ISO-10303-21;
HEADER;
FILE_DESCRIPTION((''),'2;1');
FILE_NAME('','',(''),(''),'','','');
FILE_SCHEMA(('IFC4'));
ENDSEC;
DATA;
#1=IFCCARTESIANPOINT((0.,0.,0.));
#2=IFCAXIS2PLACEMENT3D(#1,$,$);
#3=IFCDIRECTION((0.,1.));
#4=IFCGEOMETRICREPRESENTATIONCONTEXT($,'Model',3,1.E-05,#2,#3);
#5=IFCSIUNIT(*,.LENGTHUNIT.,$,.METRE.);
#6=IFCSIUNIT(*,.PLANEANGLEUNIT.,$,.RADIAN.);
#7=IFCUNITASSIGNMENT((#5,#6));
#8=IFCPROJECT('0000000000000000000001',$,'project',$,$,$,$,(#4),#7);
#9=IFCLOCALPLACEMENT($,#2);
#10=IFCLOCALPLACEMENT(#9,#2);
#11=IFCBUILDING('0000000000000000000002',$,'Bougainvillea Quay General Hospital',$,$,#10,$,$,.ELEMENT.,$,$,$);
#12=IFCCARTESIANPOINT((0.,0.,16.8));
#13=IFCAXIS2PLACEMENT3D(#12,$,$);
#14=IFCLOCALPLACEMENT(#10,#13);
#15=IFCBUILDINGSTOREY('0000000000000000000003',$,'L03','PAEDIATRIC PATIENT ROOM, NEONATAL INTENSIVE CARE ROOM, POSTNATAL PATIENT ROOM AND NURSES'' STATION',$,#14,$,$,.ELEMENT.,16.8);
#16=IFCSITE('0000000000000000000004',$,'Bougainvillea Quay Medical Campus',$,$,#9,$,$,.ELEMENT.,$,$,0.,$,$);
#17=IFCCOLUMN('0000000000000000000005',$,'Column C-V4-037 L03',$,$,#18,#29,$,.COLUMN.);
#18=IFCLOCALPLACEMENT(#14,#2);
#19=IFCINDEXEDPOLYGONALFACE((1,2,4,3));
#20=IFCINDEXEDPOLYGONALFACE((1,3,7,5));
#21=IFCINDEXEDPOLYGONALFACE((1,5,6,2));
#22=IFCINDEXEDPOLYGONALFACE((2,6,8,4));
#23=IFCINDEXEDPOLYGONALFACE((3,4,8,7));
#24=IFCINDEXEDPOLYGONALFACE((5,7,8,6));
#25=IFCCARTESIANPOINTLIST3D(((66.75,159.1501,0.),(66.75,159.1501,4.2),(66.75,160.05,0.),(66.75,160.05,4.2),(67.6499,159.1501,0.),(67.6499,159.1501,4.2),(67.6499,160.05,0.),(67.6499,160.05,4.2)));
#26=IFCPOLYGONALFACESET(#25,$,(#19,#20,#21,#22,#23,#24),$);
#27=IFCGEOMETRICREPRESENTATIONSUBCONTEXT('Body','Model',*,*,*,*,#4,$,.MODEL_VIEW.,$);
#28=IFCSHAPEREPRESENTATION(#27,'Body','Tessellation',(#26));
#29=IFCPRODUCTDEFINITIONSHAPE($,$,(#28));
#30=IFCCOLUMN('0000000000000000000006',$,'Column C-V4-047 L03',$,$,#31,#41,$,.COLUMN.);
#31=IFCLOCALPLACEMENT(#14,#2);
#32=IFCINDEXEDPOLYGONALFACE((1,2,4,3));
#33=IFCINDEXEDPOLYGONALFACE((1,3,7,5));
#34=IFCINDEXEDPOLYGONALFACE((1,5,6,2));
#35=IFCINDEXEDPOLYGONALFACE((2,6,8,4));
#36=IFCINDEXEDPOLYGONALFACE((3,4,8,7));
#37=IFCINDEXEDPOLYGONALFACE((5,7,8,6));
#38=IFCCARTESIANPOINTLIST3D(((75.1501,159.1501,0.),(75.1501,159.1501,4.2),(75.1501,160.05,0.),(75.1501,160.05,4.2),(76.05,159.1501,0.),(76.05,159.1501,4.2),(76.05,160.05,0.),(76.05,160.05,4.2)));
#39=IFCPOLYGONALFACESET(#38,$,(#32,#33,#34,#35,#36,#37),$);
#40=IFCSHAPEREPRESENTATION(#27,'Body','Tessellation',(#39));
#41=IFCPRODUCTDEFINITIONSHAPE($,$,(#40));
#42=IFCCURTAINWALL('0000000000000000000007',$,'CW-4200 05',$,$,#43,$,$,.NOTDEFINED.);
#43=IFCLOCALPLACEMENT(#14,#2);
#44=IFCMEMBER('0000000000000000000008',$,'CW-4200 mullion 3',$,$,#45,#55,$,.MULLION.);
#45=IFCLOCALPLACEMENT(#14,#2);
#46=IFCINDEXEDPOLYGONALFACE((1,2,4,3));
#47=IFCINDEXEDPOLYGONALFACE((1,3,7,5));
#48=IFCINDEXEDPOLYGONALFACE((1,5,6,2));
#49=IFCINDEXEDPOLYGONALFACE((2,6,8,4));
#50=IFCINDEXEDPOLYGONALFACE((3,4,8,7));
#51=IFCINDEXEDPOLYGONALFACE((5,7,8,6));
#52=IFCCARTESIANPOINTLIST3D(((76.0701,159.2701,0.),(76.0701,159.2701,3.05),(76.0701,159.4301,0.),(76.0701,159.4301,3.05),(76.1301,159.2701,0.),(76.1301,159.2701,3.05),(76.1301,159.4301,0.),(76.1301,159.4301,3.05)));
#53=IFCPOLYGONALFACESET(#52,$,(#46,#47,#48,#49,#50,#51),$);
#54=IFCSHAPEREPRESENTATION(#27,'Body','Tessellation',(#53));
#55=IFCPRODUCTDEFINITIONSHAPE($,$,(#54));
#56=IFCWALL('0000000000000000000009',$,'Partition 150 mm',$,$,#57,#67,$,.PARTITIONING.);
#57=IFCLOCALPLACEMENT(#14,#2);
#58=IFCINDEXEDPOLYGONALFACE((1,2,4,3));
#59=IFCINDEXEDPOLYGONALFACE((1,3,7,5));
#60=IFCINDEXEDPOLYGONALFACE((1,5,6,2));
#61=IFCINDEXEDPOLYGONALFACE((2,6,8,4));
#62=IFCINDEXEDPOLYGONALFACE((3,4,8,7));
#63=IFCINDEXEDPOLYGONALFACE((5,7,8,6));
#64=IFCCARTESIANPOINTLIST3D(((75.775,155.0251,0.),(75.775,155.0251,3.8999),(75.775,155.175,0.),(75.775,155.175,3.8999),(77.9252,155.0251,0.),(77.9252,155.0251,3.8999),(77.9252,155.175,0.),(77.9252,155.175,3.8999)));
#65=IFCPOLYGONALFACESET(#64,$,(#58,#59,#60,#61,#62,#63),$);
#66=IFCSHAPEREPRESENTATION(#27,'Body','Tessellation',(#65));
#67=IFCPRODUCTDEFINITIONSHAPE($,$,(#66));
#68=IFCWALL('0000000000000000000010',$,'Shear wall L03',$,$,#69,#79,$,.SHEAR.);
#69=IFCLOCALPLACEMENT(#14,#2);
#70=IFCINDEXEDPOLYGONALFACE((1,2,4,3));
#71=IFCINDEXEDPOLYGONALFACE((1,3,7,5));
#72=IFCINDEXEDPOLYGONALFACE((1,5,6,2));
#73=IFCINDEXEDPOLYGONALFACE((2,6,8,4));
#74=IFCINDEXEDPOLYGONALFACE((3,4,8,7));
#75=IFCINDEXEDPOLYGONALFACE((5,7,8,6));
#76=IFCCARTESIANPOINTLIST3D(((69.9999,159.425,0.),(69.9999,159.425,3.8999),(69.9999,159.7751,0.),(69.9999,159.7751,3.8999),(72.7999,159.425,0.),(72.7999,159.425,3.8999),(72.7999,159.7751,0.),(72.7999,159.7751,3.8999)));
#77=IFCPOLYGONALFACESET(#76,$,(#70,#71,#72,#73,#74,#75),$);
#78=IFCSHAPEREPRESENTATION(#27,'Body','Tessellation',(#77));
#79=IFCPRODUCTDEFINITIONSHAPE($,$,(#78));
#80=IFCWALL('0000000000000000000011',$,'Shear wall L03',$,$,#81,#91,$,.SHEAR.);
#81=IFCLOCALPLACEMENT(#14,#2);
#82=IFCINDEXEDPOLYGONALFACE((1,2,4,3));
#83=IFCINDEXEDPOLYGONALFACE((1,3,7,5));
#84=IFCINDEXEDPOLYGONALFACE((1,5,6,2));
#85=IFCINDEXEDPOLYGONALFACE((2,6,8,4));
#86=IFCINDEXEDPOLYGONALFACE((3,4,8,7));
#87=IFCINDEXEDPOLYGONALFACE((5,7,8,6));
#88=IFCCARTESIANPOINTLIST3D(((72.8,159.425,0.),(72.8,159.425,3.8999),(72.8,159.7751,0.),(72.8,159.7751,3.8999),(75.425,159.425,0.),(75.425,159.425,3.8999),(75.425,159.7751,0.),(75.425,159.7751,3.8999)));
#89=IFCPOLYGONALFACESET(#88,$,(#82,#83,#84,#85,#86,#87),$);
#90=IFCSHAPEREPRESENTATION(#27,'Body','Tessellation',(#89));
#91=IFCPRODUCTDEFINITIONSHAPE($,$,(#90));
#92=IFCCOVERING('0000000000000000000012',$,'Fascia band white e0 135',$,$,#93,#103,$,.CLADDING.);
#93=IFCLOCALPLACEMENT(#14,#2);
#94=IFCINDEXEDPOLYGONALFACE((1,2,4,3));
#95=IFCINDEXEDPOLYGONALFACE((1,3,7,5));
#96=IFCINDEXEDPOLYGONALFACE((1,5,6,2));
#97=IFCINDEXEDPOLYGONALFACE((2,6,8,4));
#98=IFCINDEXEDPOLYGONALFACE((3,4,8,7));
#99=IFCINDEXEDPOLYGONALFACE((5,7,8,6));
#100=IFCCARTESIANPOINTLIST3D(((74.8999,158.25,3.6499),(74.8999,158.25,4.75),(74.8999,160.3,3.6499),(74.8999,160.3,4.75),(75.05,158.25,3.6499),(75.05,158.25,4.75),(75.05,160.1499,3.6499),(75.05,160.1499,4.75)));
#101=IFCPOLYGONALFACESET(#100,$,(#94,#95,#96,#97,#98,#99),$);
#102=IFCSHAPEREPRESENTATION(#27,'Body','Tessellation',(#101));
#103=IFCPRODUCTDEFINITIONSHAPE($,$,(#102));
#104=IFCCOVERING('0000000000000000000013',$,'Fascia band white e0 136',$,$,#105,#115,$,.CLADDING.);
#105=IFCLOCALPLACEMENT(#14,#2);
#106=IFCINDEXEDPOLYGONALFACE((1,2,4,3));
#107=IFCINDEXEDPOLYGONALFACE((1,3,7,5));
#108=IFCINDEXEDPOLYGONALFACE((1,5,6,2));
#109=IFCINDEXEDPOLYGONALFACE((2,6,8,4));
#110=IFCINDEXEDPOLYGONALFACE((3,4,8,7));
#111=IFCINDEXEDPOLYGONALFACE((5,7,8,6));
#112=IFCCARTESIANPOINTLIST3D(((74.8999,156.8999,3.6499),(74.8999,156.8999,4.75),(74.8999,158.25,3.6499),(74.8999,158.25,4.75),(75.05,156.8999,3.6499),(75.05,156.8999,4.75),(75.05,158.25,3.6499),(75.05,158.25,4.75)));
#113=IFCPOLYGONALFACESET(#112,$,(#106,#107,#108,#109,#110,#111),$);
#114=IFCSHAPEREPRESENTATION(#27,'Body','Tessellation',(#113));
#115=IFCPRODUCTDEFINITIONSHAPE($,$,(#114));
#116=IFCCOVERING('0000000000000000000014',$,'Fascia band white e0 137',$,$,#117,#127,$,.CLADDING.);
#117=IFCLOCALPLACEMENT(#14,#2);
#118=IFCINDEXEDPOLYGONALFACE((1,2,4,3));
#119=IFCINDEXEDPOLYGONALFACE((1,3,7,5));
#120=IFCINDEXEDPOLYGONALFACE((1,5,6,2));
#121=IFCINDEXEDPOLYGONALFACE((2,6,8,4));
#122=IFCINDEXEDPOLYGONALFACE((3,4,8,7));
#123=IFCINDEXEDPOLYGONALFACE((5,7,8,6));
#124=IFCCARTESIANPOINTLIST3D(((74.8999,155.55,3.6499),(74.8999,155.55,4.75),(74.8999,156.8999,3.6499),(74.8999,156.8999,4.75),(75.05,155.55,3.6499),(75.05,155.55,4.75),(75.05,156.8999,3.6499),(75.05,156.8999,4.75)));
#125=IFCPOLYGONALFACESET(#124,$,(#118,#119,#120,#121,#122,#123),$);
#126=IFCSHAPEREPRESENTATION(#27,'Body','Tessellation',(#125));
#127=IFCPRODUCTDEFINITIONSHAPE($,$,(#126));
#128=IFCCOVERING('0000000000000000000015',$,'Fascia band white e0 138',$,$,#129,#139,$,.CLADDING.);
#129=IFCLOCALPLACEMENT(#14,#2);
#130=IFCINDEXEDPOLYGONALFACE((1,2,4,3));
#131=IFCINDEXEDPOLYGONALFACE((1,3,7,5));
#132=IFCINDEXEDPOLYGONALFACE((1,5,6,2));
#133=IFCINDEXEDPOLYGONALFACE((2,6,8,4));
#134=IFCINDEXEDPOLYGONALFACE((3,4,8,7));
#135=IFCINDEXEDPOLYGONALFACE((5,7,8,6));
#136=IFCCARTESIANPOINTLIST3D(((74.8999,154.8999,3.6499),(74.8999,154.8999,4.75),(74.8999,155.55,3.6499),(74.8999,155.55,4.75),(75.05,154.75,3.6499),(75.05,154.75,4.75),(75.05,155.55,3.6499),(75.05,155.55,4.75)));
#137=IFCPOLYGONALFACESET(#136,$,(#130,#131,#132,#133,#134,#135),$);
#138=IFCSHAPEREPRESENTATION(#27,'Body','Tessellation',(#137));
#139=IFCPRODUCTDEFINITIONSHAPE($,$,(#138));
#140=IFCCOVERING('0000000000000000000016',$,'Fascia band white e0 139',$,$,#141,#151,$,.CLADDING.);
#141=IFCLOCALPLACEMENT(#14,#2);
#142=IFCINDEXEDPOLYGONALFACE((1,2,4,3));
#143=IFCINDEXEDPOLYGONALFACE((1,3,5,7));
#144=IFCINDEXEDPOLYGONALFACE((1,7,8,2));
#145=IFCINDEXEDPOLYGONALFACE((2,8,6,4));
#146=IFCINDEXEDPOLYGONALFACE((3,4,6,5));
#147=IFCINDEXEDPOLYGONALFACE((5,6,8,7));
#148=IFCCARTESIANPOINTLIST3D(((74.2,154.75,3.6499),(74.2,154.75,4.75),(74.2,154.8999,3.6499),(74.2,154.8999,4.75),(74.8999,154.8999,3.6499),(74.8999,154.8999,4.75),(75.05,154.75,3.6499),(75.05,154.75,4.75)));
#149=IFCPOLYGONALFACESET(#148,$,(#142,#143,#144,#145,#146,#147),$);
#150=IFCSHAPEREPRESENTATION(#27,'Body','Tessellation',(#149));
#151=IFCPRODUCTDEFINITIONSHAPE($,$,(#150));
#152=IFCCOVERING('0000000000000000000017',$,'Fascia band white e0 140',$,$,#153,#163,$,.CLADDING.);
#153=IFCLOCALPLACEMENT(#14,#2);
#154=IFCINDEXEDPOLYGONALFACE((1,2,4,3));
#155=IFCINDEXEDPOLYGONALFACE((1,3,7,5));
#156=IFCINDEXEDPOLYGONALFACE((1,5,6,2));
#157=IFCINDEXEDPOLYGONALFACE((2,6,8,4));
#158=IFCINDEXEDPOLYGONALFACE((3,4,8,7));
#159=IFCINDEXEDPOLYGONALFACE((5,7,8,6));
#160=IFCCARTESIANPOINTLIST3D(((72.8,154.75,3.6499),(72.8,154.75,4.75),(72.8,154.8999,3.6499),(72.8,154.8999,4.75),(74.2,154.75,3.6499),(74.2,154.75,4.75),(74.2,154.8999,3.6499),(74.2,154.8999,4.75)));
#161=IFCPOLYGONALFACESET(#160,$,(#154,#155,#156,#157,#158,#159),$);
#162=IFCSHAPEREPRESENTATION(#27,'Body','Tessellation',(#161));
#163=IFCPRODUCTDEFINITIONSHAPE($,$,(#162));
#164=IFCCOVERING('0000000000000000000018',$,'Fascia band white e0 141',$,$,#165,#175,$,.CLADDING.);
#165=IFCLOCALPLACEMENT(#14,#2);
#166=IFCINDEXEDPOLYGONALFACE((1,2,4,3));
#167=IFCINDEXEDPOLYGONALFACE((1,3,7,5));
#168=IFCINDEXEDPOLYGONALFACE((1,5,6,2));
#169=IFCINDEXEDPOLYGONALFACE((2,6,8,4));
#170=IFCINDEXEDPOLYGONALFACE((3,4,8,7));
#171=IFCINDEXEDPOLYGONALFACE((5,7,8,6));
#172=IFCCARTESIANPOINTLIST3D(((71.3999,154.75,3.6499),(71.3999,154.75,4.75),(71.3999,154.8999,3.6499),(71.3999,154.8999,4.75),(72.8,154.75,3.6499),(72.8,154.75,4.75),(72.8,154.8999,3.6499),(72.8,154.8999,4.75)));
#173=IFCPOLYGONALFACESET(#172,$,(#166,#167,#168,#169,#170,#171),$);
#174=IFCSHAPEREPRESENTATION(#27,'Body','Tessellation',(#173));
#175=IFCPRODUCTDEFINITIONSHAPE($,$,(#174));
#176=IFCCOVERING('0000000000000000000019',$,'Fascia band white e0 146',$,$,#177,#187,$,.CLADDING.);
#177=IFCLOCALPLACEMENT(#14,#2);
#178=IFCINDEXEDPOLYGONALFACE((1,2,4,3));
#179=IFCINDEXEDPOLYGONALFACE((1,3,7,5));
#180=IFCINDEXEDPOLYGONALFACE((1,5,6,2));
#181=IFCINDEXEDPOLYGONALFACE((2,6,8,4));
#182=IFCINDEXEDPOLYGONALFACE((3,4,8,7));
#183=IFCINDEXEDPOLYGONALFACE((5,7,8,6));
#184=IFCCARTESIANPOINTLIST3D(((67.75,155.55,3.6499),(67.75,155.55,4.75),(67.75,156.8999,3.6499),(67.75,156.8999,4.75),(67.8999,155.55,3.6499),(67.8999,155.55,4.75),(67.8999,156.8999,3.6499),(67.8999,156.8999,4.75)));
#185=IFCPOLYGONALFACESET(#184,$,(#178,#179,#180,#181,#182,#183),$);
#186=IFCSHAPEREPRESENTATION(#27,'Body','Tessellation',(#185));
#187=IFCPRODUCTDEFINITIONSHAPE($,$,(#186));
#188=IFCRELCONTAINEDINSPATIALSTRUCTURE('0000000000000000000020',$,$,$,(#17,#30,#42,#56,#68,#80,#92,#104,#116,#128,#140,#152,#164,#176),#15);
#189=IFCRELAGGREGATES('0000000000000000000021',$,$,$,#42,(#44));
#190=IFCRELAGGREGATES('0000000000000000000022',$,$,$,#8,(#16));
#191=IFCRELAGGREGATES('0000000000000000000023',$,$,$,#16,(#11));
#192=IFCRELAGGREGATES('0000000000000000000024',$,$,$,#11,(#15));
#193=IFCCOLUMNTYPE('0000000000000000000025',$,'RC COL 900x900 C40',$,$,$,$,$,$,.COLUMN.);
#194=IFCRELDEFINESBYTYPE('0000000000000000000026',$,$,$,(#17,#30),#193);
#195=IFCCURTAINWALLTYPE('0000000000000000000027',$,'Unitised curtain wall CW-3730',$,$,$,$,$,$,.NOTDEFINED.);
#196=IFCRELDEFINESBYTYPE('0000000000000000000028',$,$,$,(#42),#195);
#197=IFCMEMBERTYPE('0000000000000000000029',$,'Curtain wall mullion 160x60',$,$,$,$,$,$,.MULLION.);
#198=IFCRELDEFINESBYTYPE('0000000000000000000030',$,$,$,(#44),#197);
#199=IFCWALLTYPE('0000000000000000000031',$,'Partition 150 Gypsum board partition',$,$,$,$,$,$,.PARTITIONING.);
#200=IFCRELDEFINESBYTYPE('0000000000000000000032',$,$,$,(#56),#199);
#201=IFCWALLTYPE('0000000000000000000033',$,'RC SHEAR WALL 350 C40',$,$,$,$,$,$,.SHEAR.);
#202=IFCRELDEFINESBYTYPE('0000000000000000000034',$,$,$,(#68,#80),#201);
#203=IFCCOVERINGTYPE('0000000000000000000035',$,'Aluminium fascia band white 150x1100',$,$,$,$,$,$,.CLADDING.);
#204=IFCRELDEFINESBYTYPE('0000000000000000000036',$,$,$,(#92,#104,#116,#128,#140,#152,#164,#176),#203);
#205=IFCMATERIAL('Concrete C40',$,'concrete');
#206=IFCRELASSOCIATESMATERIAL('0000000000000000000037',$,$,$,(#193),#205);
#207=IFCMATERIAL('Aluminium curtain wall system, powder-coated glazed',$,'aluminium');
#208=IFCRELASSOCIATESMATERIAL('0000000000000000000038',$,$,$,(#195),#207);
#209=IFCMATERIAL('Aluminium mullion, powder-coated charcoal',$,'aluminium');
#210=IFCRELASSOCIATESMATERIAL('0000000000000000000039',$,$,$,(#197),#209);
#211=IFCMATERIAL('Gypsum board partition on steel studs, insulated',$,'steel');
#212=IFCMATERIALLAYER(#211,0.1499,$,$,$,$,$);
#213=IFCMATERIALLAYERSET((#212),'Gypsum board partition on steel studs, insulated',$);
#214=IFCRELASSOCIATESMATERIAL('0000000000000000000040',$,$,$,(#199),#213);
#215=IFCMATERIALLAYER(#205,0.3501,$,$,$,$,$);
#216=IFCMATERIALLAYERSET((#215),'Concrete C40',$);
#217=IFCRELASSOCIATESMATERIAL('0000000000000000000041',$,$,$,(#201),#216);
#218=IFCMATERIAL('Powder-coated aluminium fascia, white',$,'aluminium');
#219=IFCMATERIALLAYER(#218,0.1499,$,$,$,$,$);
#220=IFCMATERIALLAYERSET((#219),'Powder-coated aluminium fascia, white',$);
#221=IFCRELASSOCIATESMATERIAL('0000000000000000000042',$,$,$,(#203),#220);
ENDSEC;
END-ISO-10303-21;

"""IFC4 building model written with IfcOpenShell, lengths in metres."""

from ifc_helpers import new_model, si_unit, direction, frame, frame_2d, origin, origin_2d, place, context, subcontext, project, spatial, polyline, rectangle, outline, extrude, material, layer, layer_set, material_profile, profile_set, type_object, element, aggregate, save


model = new_model("IFC4")

# Units and contexts
model_context = context("Model", 3, precision=1e-05, world=origin(), true_north=direction((0.0, 1.0)))
body_context = subcontext(model_context, "Body", "Model", "MODEL_VIEW")
ifc_project = project(units=[si_unit("LENGTHUNIT", "METRE"), si_unit("PLANEANGLEUNIT", "RADIAN")], contexts=[model_context])

# Site, building, storey
site_placement = place(None, origin())
site = spatial("IfcSite", under=ifc_project, at=site_placement, Name="Bougainvillea Quay Medical Campus", CompositionType="ELEMENT", RefElevation=0.0)
building_placement = place(site_placement, origin())
building = spatial("IfcBuilding", under=site, at=building_placement, Name="Bougainvillea Quay General Hospital", CompositionType="ELEMENT")
storey_placement = place(building_placement, frame((0.0, 0.0, 16.8)))
storey = spatial("IfcBuildingStorey", under=building, at=storey_placement, Name="L03", Description="PAEDIATRIC PATIENT ROOM, NEONATAL INTENSIVE CARE ROOM, POSTNATAL PATIENT ROOM AND NURSES' STATION", CompositionType="ELEMENT", Elevation=16.8)

# Columns
ifc_material_1 = material(Name="Concrete C40", Category="concrete")
ifc_material_profile_1 = material_profile(ifc_material_1, rectangle(XDim=0.8999, YDim=0.8999, at=origin_2d()))
ifc_profile_set_1 = profile_set([ifc_material_profile_1], Name="Concrete C40")
column_type = type_object("IfcColumnType", Name="RC COL 900x900 C40", PredefinedType="COLUMN", material=ifc_profile_set_1)
for number, where, z_axis, x_axis, name in (
    (1, (67.2, 159.6001, 0.0), (0.0, 0.0, 1.0), (1.0, 0.0, 0.0), "Column C-V4-037 L03"),
    (2, (75.6001, 159.6001, 0.0), (0.0, 0.0, 1.0), (1.0, 0.0, 0.0), "Column C-V4-047 L03"),
):
    element("IfcColumn", number, at=place(storey_placement, frame(where, z_axis=z_axis, x_axis=x_axis)), inside=storey, type_object=column_type, Name=name, PredefinedType="COLUMN", context=body_context, shape_type="SweptSolid", body=[
        extrude(rectangle(XDim=0.8999, YDim=0.8999, at=origin_2d()), origin(), (0.0, 0.0, 1.0), 4.2),
    ])

# Curtain wall, member
ifc_material_2 = material(Name="Aluminium curtain wall system, powder-coated glazed", Category="aluminium")
curtain_wall_type = type_object("IfcCurtainWallType", Name="Unitised curtain wall CW-3730", PredefinedType="NOTDEFINED", material=ifc_material_2)
curtain_wall_placement = place(storey_placement, origin())
curtain_wall = element("IfcCurtainWall", 3, at=curtain_wall_placement, inside=storey, type_object=curtain_wall_type, Name="CW-4200 05", PredefinedType="NOTDEFINED")
ifc_material_3 = material(Name="Aluminium mullion, powder-coated charcoal", Category="aluminium")
ifc_material_profile_2 = material_profile(ifc_material_3, rectangle(XDim=0.1599, YDim=0.0601, at=origin_2d()))
ifc_profile_set_2 = profile_set([ifc_material_profile_2], Name="Aluminium mullion, powder-coated charcoal")
member_type = type_object("IfcMemberType", Name="Curtain wall mullion 160x60", PredefinedType="MULLION", material=ifc_profile_set_2)
member_placement = place(storey_placement, frame((76.1001, 159.3501, 0.0), z_axis=(0.0, 0.0, 1.0), x_axis=(0.0, -1.0, 0.0)))
member = element("IfcMember", 4, at=member_placement, type_object=member_type, Name="CW-4200 mullion 3", PredefinedType="MULLION", context=body_context, shape_type="SweptSolid", body=[
    extrude(rectangle(XDim=0.1599, YDim=0.0601, at=origin_2d()), origin(), (0.0, 0.0, 1.0), 3.05),
])
aggregate(curtain_wall, [member])

# Walls
ifc_material_4 = material(Name="Gypsum board partition on steel studs, insulated", Category="steel")
ifc_layer_1 = layer(ifc_material_4, 0.1499)
ifc_layer_set_1 = layer_set([ifc_layer_1], Name="Gypsum board partition on steel studs, insulated")
wall_type_1 = type_object("IfcWallType", Name="Partition 150 Gypsum board partition", PredefinedType="PARTITIONING", material=ifc_layer_set_1)
wall_1_placement = place(storey_placement, frame((75.7749, 155.1001, 0.0), z_axis=(0.0, 0.0, 1.0), x_axis=(1.0, 0.0, 0.0)))
element("IfcWall", 5, at=wall_1_placement, inside=storey, type_object=wall_type_1, Name="Partition 150 mm", PredefinedType="PARTITIONING", context=body_context, shape_type="SweptSolid", body=[
    extrude(rectangle(XDim=2.1501, YDim=0.1499, at=frame_2d((1.0752, 0.0))), origin(), (0.0, 0.0, 1.0), 3.8999),
])
ifc_layer_2 = layer(ifc_material_1, 0.3501)
ifc_layer_set_2 = layer_set([ifc_layer_2], Name="Concrete C40")
wall_type_2 = type_object("IfcWallType", Name="RC SHEAR WALL 350 C40", PredefinedType="SHEAR", material=ifc_layer_set_2)
wall_2_placement = place(storey_placement, frame((70.0, 159.6001, 0.0), z_axis=(0.0, 0.0, 1.0), x_axis=(1.0, 0.0, 0.0)))
element("IfcWall", 6, at=wall_2_placement, inside=storey, type_object=wall_type_2, Name="Shear wall L03", PredefinedType="SHEAR", context=body_context, shape_type="SweptSolid", body=[
    extrude(rectangle(XDim=2.8, YDim=0.3501, at=frame_2d((1.3999, 0.0))), origin(), (0.0, 0.0, 1.0), 3.8999),
])
wall_3_placement = place(storey_placement, frame((72.8, 159.6001, 0.0), z_axis=(0.0, 0.0, 1.0), x_axis=(1.0, 0.0, 0.0)))
element("IfcWall", 7, at=wall_3_placement, inside=storey, type_object=wall_type_2, Name="Shear wall L03", PredefinedType="SHEAR", context=body_context, shape_type="SweptSolid", body=[
    extrude(rectangle(XDim=2.625, YDim=0.3501, at=frame_2d((1.3125, 0.0))), origin(), (0.0, 0.0, 1.0), 3.8999),
])

# Coverings
ifc_material_5 = material(Name="Powder-coated aluminium fascia, white", Category="aluminium")
ifc_layer_3 = layer(ifc_material_5, 0.1499)
ifc_layer_set_3 = layer_set([ifc_layer_3], Name="Powder-coated aluminium fascia, white")
covering_type = type_object("IfcCoveringType", Name="Aluminium fascia band white 150x1100", PredefinedType="CLADDING", material=ifc_layer_set_3)
covering_1_placement = place(storey_placement, frame((75.05, 160.1499, 3.6499), z_axis=(0.0, 0.0, 1.0), x_axis=(0.0, -1.0, 0.0)))
element("IfcCovering", 8, at=covering_1_placement, inside=storey, type_object=covering_type, Name="Fascia band white e0 135", PredefinedType="CLADDING", context=body_context, shape_type="SweptSolid", body=[
    extrude(outline(polyline([(0.0, 0.0), (1.8999, 0.0), (1.8999, -0.1501), (-0.1501, -0.1501), (0.0, 0.0)])), origin(), (0.0, 0.0, 1.0), 1.1001),
])
covering_2_placement = place(storey_placement, frame((75.05, 158.25, 3.6499), z_axis=(0.0, 0.0, 1.0), x_axis=(0.0, -1.0, 0.0)))
element("IfcCovering", 9, at=covering_2_placement, inside=storey, type_object=covering_type, Name="Fascia band white e0 136", PredefinedType="CLADDING", context=body_context, shape_type="SweptSolid", body=[
    extrude(outline(polyline([(0.0, 0.0), (1.3501, 0.0), (1.3501, -0.1501), (0.0, -0.1501), (0.0, 0.0)])), origin(), (0.0, 0.0, 1.0), 1.1001),
])
covering_3_placement = place(storey_placement, frame((75.05, 156.8999, 3.6499), z_axis=(0.0, 0.0, 1.0), x_axis=(0.0, -1.0, 0.0)))
element("IfcCovering", 10, at=covering_3_placement, inside=storey, type_object=covering_type, Name="Fascia band white e0 137", PredefinedType="CLADDING", context=body_context, shape_type="SweptSolid", body=[
    extrude(outline(polyline([(0.0, 0.0), (1.3499, 0.0), (1.3499, -0.1501), (0.0, -0.1501), (0.0, 0.0)])), origin(), (0.0, 0.0, 1.0), 1.1001),
])
covering_4_placement = place(storey_placement, frame((75.05, 155.55, 3.6499), z_axis=(0.0, 0.0, 1.0), x_axis=(0.0, -1.0, 0.0)))
element("IfcCovering", 11, at=covering_4_placement, inside=storey, type_object=covering_type, Name="Fascia band white e0 138", PredefinedType="CLADDING", context=body_context, shape_type="SweptSolid", body=[
    extrude(outline(polyline([(0.0, 0.0), (0.8, 0.0), (0.6501, -0.1501), (0.0, -0.1501), (0.0, 0.0)])), origin(), (0.0, 0.0, 1.0), 1.1001),
])
covering_5_placement = place(storey_placement, frame((75.05, 154.75, 3.6499), z_axis=(0.0, 0.0, 1.0), x_axis=(-1.0, 0.0, 0.0)))
element("IfcCovering", 12, at=covering_5_placement, inside=storey, type_object=covering_type, Name="Fascia band white e0 139", PredefinedType="CLADDING", context=body_context, shape_type="SweptSolid", body=[
    extrude(outline(polyline([(0.0, 0.0), (0.8501, 0.0), (0.8501, -0.1499), (0.1501, -0.1499), (0.0, 0.0)])), origin(), (0.0, 0.0, 1.0), 1.1001),
])
covering_6_placement = place(storey_placement, frame((74.2, 154.75, 3.6499), z_axis=(0.0, 0.0, 1.0), x_axis=(-1.0, 0.0, 0.0)))
element("IfcCovering", 13, at=covering_6_placement, inside=storey, type_object=covering_type, Name="Fascia band white e0 140", PredefinedType="CLADDING", context=body_context, shape_type="SweptSolid", body=[
    extrude(outline(polyline([(0.0, 0.0), (1.3999, 0.0), (1.3999, -0.1499), (0.0, -0.1499), (0.0, 0.0)])), origin(), (0.0, 0.0, 1.0), 1.1001),
])
covering_7_placement = place(storey_placement, frame((72.8, 154.75, 3.6499), z_axis=(0.0, 0.0, 1.0), x_axis=(-1.0, 0.0, 0.0)))
element("IfcCovering", 14, at=covering_7_placement, inside=storey, type_object=covering_type, Name="Fascia band white e0 141", PredefinedType="CLADDING", context=body_context, shape_type="SweptSolid", body=[
    extrude(outline(polyline([(0.0, 0.0), (1.4001, 0.0), (1.4001, -0.1499), (0.0, -0.1499), (0.0, 0.0)])), origin(), (0.0, 0.0, 1.0), 1.1001),
])
covering_8_placement = place(storey_placement, frame((67.75, 155.55, 3.6499), z_axis=(0.0, 0.0, 1.0), x_axis=(0.0, 1.0, 0.0)))
element("IfcCovering", 15, at=covering_8_placement, inside=storey, type_object=covering_type, Name="Fascia band white e0 146", PredefinedType="CLADDING", context=body_context, shape_type="SweptSolid", body=[
    extrude(outline(polyline([(0.0, 0.0), (1.3499, 0.0), (1.3499, -0.1499), (0.0, -0.1499), (0.0, 0.0)])), origin(), (0.0, 0.0, 1.0), 1.1001),
])

save(model, "model.ifc")
